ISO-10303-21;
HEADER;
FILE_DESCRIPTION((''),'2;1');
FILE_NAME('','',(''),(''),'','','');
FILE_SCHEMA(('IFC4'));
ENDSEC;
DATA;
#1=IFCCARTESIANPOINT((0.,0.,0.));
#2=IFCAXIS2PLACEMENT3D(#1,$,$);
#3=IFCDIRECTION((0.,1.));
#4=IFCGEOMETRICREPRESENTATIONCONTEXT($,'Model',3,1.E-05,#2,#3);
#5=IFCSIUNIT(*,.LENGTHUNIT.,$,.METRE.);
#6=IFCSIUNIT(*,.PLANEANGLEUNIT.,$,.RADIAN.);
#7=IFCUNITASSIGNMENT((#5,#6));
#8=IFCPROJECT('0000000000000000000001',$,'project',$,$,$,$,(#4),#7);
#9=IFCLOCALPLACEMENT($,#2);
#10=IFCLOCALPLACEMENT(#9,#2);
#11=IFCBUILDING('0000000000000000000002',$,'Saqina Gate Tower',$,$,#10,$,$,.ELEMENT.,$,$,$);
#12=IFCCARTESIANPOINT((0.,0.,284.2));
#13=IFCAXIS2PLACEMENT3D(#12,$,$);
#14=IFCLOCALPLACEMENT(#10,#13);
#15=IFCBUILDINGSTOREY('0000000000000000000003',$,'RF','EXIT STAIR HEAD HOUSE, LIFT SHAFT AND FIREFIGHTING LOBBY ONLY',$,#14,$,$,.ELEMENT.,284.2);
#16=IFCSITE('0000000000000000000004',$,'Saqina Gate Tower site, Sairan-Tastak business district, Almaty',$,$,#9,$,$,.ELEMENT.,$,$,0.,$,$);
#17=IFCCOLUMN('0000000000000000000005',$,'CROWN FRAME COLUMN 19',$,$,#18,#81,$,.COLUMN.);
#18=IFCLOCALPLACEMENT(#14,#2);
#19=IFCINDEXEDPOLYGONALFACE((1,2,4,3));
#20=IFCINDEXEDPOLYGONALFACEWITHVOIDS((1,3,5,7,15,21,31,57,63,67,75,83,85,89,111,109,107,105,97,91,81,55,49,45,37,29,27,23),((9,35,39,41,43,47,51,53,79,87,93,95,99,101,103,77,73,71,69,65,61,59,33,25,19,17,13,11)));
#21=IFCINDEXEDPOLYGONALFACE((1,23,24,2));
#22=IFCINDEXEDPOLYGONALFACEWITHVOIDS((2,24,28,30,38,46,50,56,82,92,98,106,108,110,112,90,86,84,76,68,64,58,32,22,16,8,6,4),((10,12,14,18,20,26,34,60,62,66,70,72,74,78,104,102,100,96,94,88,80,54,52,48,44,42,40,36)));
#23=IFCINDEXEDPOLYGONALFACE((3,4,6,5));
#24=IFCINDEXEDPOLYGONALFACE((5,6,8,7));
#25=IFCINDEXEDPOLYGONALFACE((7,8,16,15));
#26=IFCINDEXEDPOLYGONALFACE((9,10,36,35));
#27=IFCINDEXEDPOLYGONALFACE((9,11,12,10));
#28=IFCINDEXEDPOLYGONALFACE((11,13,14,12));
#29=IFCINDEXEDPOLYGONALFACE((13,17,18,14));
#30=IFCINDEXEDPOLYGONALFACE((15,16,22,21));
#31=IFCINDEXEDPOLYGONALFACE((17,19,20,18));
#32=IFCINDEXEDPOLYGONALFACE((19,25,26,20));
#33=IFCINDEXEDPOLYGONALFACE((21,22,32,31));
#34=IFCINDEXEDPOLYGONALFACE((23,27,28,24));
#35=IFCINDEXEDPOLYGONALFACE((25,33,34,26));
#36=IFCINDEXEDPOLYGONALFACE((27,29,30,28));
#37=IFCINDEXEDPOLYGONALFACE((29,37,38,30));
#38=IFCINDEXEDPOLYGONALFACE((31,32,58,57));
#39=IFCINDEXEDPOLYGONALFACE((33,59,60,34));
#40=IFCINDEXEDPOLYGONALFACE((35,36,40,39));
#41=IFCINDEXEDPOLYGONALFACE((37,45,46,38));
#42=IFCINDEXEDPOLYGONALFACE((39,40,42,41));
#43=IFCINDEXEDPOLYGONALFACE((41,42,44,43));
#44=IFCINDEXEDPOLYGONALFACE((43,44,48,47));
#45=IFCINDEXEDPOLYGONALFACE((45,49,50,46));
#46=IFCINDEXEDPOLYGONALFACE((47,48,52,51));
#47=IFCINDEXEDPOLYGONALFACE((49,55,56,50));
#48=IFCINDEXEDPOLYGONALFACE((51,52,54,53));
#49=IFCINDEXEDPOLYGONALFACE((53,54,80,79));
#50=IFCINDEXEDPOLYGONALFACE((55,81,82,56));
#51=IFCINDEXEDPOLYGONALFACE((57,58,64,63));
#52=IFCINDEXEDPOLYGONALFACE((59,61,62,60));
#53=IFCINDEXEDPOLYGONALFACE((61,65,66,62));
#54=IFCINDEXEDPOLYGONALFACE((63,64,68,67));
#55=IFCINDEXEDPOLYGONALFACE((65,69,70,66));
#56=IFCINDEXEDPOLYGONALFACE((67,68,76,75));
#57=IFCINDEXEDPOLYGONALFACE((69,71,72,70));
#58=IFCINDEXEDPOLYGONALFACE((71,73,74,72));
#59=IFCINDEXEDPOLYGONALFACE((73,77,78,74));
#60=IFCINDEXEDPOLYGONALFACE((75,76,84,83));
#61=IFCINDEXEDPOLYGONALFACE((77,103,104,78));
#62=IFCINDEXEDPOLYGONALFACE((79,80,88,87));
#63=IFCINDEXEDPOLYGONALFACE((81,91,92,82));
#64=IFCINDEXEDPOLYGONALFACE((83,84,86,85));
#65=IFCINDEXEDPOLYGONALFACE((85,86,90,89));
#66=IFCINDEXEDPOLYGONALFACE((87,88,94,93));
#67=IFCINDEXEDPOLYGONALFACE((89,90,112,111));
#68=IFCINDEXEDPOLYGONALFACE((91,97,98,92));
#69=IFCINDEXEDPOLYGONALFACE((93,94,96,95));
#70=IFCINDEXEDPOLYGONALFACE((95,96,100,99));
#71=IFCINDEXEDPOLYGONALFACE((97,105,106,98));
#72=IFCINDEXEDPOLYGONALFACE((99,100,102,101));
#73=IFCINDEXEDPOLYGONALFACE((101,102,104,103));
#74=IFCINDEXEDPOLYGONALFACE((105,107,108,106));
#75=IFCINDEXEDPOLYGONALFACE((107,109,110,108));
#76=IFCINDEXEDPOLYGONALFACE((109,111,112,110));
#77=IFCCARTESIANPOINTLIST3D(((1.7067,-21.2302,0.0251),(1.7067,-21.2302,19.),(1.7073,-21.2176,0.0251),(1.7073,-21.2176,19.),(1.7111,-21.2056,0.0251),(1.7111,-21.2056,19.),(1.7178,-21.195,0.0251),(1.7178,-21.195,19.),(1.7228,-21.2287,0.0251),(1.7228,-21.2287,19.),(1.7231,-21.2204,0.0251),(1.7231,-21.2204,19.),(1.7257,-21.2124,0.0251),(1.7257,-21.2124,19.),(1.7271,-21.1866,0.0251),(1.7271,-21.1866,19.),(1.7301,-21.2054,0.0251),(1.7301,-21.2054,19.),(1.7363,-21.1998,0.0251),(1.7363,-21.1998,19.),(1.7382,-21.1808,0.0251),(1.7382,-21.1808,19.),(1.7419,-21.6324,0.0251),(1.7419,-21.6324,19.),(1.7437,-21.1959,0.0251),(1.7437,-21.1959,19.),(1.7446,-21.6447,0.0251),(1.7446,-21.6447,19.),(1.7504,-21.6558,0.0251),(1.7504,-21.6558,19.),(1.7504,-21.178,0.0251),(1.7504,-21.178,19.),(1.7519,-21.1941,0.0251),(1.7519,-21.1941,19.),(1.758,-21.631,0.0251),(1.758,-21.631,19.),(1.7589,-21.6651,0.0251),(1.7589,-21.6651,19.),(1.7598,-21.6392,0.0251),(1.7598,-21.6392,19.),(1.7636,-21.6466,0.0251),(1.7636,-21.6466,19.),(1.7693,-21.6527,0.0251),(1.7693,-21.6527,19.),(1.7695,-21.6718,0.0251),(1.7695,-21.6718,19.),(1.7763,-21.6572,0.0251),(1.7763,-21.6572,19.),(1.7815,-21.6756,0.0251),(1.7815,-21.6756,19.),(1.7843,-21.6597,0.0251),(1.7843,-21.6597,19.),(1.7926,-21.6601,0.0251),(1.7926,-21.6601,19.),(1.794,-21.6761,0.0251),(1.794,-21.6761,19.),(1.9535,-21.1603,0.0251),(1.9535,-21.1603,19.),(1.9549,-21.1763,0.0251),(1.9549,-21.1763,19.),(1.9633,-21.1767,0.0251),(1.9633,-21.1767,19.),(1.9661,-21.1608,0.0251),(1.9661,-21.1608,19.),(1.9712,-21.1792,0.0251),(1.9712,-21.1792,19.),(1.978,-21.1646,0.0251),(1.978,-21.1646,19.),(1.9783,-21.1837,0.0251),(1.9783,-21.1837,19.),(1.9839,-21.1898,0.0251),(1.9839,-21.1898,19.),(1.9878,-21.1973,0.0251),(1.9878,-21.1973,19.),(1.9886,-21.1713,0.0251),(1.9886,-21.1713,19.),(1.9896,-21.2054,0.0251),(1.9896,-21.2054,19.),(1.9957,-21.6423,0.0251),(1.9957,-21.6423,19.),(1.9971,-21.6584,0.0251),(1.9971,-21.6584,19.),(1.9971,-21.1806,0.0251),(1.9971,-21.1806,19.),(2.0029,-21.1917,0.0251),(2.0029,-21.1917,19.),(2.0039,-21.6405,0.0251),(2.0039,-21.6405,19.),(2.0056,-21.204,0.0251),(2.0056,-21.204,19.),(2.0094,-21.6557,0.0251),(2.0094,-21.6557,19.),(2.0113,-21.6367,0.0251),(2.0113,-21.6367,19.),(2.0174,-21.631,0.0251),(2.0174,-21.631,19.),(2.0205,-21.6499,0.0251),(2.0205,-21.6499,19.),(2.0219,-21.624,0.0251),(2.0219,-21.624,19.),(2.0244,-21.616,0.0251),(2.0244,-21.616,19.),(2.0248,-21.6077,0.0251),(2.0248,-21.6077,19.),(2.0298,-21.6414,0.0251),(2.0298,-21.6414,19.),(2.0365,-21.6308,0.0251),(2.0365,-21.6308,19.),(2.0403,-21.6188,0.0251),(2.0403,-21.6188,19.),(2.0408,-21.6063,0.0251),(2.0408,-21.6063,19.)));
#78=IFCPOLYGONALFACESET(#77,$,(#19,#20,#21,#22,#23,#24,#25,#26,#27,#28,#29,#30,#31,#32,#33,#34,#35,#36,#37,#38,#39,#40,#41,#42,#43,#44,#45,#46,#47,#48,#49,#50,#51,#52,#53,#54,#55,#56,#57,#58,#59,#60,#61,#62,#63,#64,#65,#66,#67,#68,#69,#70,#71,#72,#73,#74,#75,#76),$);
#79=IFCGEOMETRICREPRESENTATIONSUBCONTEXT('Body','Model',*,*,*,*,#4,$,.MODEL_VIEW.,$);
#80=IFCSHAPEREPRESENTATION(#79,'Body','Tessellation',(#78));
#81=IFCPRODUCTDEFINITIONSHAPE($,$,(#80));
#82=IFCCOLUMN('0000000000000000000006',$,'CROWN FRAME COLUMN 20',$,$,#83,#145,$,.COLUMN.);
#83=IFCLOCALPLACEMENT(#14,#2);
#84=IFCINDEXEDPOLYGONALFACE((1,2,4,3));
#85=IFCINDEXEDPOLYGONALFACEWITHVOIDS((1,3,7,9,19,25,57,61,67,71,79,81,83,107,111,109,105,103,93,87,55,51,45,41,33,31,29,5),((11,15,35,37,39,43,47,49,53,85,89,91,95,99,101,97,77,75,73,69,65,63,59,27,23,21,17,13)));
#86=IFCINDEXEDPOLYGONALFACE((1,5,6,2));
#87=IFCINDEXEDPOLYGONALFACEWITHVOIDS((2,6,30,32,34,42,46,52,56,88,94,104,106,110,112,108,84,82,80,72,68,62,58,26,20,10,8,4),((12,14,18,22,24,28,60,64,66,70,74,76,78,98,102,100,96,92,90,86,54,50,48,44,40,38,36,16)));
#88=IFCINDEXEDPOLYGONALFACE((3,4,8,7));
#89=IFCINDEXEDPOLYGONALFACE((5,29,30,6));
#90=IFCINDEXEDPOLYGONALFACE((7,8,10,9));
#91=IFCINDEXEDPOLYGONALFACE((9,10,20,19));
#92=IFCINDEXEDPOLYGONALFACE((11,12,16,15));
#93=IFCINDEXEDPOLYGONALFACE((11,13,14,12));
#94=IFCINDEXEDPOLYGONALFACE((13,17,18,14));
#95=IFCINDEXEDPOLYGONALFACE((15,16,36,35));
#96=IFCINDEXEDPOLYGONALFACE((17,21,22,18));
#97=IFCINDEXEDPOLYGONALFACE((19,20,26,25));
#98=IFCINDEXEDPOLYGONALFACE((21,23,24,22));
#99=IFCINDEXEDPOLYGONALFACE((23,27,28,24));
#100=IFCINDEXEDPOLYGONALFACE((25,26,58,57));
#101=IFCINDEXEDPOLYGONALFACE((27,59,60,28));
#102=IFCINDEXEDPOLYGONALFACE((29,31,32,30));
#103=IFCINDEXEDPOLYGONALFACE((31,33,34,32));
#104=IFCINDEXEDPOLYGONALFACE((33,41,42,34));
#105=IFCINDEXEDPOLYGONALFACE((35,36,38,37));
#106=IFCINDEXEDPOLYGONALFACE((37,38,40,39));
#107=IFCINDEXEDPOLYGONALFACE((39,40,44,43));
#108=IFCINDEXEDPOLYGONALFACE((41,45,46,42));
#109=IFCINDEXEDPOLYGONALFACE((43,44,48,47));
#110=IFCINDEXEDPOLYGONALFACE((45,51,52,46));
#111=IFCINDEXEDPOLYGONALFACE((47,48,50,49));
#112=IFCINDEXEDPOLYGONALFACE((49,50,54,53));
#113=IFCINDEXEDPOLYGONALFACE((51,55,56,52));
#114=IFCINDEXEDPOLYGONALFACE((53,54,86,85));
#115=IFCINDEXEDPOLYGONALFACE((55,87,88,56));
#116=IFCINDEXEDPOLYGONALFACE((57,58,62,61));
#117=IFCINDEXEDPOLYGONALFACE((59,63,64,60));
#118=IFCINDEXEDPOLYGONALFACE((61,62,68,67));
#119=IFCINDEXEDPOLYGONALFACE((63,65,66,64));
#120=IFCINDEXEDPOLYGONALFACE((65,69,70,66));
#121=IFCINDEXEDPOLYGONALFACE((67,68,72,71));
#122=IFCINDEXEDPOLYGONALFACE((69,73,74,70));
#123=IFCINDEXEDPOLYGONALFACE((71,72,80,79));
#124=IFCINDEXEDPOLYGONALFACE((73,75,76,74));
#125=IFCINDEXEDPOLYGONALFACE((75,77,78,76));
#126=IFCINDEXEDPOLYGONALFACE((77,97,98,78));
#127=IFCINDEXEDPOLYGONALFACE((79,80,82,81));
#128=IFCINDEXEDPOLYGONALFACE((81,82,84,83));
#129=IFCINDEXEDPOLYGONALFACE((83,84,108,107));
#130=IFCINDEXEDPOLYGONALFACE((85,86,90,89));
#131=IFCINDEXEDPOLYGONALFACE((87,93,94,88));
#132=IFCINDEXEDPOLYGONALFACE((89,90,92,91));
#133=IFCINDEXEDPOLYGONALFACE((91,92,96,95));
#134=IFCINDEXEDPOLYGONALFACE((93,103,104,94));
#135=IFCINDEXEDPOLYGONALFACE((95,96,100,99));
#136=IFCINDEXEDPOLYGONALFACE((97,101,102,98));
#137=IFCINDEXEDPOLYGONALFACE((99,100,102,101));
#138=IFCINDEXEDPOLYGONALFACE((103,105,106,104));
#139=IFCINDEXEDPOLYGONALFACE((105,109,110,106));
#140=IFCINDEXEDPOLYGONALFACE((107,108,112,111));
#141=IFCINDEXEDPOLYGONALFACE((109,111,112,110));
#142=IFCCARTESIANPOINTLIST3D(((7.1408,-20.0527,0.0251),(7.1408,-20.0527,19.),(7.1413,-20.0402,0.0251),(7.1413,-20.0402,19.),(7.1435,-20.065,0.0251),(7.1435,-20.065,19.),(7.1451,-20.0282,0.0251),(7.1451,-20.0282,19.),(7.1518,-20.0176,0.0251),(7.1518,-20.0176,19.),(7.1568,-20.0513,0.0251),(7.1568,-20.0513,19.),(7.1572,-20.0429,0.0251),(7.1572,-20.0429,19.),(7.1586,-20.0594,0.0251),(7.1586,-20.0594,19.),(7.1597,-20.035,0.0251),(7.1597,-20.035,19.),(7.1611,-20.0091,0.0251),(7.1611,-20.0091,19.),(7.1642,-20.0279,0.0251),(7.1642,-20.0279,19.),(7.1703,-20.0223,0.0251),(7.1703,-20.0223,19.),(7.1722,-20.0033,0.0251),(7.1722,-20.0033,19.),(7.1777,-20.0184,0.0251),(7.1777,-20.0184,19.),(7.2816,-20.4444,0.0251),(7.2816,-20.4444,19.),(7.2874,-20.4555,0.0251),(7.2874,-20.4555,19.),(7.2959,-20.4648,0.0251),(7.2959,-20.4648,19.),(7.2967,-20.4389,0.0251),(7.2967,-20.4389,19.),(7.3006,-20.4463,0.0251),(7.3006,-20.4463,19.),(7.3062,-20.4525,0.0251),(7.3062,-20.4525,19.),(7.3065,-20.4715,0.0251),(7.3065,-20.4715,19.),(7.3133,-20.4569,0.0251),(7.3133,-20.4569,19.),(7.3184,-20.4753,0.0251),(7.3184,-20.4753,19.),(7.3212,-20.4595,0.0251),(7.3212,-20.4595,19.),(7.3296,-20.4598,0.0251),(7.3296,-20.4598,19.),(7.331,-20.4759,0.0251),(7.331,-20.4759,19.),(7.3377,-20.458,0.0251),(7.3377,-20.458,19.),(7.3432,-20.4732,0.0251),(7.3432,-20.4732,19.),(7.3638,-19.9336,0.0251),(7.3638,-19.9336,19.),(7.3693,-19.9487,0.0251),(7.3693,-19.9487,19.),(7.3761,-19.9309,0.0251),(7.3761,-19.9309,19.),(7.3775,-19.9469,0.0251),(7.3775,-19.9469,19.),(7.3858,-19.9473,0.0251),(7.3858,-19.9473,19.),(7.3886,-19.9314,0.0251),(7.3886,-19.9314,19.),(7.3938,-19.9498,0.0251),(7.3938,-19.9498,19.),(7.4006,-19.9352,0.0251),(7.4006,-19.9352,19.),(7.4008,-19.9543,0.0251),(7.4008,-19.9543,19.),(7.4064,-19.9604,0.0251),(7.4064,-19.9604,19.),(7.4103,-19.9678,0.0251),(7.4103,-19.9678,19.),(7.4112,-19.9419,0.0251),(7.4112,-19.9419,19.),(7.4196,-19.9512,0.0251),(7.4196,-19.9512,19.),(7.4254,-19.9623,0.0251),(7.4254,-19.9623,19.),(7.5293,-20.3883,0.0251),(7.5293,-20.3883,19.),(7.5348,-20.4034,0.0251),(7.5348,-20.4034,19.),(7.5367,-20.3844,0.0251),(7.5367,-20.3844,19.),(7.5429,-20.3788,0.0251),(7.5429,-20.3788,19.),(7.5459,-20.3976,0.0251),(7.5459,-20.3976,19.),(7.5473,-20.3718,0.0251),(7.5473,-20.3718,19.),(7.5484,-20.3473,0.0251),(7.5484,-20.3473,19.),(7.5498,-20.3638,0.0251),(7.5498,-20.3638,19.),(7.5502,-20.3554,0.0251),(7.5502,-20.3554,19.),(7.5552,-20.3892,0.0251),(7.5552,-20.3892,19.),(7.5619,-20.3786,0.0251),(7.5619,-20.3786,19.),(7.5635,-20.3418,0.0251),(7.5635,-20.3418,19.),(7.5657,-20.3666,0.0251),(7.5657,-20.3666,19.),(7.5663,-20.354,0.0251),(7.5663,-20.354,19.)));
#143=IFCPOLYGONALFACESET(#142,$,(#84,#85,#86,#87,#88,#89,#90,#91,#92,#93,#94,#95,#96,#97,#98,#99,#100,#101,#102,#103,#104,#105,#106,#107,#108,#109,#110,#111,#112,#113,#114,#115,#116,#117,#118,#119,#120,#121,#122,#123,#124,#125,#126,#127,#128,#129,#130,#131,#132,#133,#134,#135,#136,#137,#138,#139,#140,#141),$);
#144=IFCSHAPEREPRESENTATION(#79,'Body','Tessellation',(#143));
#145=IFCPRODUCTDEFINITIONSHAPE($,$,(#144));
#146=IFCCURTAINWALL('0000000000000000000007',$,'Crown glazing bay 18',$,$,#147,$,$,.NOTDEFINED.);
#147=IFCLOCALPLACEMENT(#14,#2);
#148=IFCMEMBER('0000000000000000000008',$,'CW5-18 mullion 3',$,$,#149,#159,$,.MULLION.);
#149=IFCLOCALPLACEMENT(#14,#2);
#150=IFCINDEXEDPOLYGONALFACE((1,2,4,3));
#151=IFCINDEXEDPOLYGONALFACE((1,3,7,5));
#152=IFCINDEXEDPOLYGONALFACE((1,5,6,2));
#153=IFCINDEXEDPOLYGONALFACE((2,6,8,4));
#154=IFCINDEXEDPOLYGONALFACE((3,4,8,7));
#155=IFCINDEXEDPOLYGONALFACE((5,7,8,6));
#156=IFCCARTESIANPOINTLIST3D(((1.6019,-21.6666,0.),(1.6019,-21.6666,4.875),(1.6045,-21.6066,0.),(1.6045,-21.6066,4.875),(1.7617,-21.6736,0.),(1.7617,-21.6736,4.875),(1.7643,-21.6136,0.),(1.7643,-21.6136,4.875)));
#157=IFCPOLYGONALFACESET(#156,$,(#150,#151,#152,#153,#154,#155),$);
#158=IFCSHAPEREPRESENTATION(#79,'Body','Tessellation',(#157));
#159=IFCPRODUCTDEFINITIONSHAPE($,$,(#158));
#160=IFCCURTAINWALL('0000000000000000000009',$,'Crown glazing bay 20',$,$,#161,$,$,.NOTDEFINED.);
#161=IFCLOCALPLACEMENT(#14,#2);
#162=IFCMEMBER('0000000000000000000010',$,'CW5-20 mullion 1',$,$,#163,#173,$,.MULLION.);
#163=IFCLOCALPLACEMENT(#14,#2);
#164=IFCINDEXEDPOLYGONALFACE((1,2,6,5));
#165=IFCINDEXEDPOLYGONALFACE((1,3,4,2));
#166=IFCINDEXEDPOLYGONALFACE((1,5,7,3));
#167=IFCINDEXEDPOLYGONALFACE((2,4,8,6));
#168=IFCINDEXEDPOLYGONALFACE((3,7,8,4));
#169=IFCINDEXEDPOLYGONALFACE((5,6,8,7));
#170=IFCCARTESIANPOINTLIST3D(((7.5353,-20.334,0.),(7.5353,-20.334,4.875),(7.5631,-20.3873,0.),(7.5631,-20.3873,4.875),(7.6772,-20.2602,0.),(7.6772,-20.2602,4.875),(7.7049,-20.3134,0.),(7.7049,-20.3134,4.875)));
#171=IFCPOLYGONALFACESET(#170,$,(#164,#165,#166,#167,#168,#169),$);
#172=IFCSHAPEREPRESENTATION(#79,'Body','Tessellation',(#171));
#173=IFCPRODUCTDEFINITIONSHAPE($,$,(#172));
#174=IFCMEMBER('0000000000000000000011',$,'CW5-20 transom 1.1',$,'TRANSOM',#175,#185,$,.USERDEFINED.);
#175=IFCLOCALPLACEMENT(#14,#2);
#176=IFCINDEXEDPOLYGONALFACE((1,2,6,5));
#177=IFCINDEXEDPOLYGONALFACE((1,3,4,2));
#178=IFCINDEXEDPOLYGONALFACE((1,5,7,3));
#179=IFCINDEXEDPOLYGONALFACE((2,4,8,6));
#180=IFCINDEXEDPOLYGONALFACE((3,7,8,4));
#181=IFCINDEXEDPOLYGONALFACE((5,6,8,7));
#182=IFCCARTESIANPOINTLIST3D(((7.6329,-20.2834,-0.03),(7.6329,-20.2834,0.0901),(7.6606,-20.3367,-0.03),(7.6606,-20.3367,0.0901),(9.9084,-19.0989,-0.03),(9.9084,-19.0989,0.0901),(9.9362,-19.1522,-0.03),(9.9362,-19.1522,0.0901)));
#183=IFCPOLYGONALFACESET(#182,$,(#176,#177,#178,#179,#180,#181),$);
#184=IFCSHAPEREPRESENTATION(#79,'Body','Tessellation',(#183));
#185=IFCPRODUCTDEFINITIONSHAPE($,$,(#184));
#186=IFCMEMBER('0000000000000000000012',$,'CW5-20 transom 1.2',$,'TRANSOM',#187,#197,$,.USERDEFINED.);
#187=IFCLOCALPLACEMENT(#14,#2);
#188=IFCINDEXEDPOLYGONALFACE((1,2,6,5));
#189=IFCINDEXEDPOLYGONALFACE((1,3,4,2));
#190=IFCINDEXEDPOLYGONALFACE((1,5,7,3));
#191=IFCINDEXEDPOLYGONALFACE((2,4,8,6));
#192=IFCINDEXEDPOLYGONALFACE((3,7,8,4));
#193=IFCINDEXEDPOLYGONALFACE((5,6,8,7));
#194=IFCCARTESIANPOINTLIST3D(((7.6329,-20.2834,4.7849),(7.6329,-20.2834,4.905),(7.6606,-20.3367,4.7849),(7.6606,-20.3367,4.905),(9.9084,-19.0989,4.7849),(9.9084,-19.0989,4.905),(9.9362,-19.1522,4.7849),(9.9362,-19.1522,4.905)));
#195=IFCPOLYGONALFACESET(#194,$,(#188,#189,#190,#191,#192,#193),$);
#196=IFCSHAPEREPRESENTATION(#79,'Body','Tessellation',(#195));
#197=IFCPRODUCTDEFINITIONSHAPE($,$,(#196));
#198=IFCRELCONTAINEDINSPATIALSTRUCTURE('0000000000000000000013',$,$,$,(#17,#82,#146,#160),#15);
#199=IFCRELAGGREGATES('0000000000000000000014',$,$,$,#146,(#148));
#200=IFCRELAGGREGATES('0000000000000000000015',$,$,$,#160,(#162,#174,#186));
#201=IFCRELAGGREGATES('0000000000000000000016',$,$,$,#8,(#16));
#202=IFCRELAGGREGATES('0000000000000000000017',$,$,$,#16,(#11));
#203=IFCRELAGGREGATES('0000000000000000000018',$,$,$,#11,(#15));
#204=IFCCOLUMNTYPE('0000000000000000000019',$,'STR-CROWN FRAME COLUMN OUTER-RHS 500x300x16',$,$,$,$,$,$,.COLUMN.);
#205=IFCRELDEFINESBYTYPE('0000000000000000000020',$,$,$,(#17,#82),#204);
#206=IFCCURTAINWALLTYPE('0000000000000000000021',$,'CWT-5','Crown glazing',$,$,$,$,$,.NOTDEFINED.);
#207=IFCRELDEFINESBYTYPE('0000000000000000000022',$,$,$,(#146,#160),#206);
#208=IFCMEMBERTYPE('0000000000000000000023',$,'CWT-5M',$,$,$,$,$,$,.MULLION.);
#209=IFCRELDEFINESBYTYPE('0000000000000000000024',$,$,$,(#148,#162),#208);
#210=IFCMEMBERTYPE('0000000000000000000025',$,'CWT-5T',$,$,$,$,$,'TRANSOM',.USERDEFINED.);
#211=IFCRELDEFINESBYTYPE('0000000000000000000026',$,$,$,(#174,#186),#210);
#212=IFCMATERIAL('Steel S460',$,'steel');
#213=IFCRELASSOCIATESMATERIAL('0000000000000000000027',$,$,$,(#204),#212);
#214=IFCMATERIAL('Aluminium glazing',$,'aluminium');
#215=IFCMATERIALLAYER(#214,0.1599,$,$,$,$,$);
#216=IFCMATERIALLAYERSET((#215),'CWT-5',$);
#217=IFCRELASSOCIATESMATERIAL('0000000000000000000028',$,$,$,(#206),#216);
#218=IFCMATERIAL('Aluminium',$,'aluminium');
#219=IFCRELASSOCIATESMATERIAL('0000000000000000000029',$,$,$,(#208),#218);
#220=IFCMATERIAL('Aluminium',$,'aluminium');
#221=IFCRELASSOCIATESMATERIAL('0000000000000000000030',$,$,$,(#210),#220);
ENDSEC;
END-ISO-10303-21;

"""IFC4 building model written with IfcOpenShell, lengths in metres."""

from ifc_helpers import new_model, si_unit, direction, frame, origin, origin_2d, place, context, subcontext, project, spatial, rectangle, hollow_rectangle, extrude, material, layer, layer_set, material_profile, profile_set, type_object, element, aggregate, save


model = new_model("IFC4")

# Units and contexts
model_context = context("Model", 3, precision=1e-05, world=origin(), true_north=direction((0.0, 1.0)))
body_context = subcontext(model_context, "Body", "Model", "MODEL_VIEW")
ifc_project = project(units=[si_unit("LENGTHUNIT", "METRE"), si_unit("PLANEANGLEUNIT", "RADIAN")], contexts=[model_context])

# Site, building, storey
site_placement = place(None, origin())
site = spatial("IfcSite", under=ifc_project, at=site_placement, Name="Saqina Gate Tower site, Sairan-Tastak business district, Almaty", CompositionType="ELEMENT", RefElevation=0.0)
building_placement = place(site_placement, origin())
building = spatial("IfcBuilding", under=site, at=building_placement, Name="Saqina Gate Tower", CompositionType="ELEMENT")
storey_placement = place(building_placement, frame((0.0, 0.0, 284.2)))
storey = spatial("IfcBuildingStorey", under=building, at=storey_placement, Name="RF", Description="EXIT STAIR HEAD HOUSE, LIFT SHAFT AND FIREFIGHTING LOBBY ONLY", CompositionType="ELEMENT", Elevation=284.2)

# Columns
ifc_material_1 = material(Name="Steel S460", Category="steel")
ifc_material_profile_1 = material_profile(ifc_material_1, hollow_rectangle(XDim=0.3, YDim=0.5, WallThickness=0.0161, InnerFilletRadius=0.032, OuterFilletRadius=0.0481, at=origin_2d()), Name="RHS 500x300x16")
ifc_profile_set_1 = profile_set([ifc_material_profile_1], Name="Steel S460")
column_type_1 = type_object("IfcColumnType", Name="STR-CROWN FRAME COLUMN OUTER-RHS 500x300x16", PredefinedType="COLUMN", material=ifc_profile_set_1)
for number, where, z_axis, x_axis, name in (
    (1, (1.8738, -21.4182, 0.0251), (0.0, 0.0, 1.0), (0.996195, 0.087156, 0.0), "CROWN FRAME COLUMN 19"),
    (2, (7.3535, -20.2034, 0.0251), (0.0, 0.0, 1.0), (0.939693, 0.34202, 0.0), "CROWN FRAME COLUMN 20"),
):
    element("IfcColumn", number, at=place(storey_placement, frame(where, z_axis=z_axis, x_axis=x_axis)), inside=storey, type_object=column_type_1, Name=name, PredefinedType="COLUMN", context=body_context, shape_type="SweptSolid", body=[
        extrude(hollow_rectangle(XDim=0.3, YDim=0.5, WallThickness=0.0161, InnerFilletRadius=0.032, OuterFilletRadius=0.0481, at=origin_2d()), origin(), (0.0, 0.0, 1.0), 18.9749),
    ])

# Curtain wall, member
ifc_material_2 = material(Name="Aluminium glazing", Category="aluminium")
ifc_layer_1 = layer(ifc_material_2, 0.1599)
ifc_layer_set_1 = layer_set([ifc_layer_1], Name="CWT-5")
curtain_wall_type = type_object("IfcCurtainWallType", Name="CWT-5", Description="Crown glazing", PredefinedType="NOTDEFINED", material=ifc_layer_set_1)
curtain_wall_1_placement = place(storey_placement, origin())
curtain_wall_1 = element("IfcCurtainWall", 3, at=curtain_wall_1_placement, inside=storey, type_object=curtain_wall_type, Name="Crown glazing bay 18", PredefinedType="NOTDEFINED")
ifc_material_3 = material(Name="Aluminium", Category="aluminium")
ifc_material_profile_2 = material_profile(ifc_material_3, rectangle(XDim=0.0601, YDim=0.1599, at=origin_2d()), Name="Aluminium 60x160")
ifc_profile_set_2 = profile_set([ifc_material_profile_2], Name="Aluminium")
member_type_1 = type_object("IfcMemberType", Name="CWT-5M", PredefinedType="MULLION", material=ifc_profile_set_2)
member_1_placement = place(storey_placement, frame((1.6831, -21.6401, 0.0), z_axis=(0.0, 0.0, 1.0), x_axis=(0.043629, 0.999048, 0.0)))
member_1 = element("IfcMember", 4, at=member_1_placement, type_object=member_type_1, Name="CW5-18 mullion 3", PredefinedType="MULLION", context=body_context, shape_type="SweptSolid", body=[
    extrude(rectangle(XDim=0.0601, YDim=0.1599, at=origin_2d()), origin(), (0.0, 0.0, 1.0), 4.875),
])

# Curtain wall, members
curtain_wall_2_placement = place(storey_placement, origin())
curtain_wall_2 = element("IfcCurtainWall", 5, at=curtain_wall_2_placement, inside=storey, type_object=curtain_wall_type, Name="Crown glazing bay 20", PredefinedType="NOTDEFINED")
member_2_placement = place(storey_placement, frame((7.6201, -20.3237, 0.0), z_axis=(0.0, 0.0, 1.0), x_axis=(-0.461751, 0.88701, 0.0)))
member_2 = element("IfcMember", 6, at=member_2_placement, type_object=member_type_1, Name="CW5-20 mullion 1", PredefinedType="MULLION", context=body_context, shape_type="SweptSolid", body=[
    extrude(rectangle(XDim=0.0601, YDim=0.1599, at=origin_2d()), origin(), (0.0, 0.0, 1.0), 4.875),
])
ifc_material_4 = material(Name="Aluminium", Category="aluminium")
ifc_material_profile_3 = material_profile(ifc_material_4, rectangle(XDim=0.0601, YDim=0.1201, at=origin_2d()), Name="Aluminium 60x120")
ifc_profile_set_3 = profile_set([ifc_material_profile_3], Name="Aluminium")
member_type_2 = type_object("IfcMemberType", Name="CWT-5T", ElementType="TRANSOM", PredefinedType="USERDEFINED", material=ifc_profile_set_3)
member_3_placement = place(storey_placement, frame((7.6467, -20.3101, 0.03), z_axis=(0.887019, 0.461733, 0.0), x_axis=(-0.461733, 0.887019, 0.0)))
member_3 = element("IfcMember", 7, at=member_3_placement, type_object=member_type_2, Name="CW5-20 transom 1.1", ObjectType="TRANSOM", PredefinedType="USERDEFINED", context=body_context, shape_type="SweptSolid", body=[
    extrude(rectangle(XDim=0.0601, YDim=0.1201, at=origin_2d()), origin(), (0.0, 0.0, 1.0), 2.5654),
])
member_4_placement = place(storey_placement, frame((7.6467, -20.3101, 4.845), z_axis=(0.887019, 0.461733, 0.0), x_axis=(-0.461733, 0.887019, 0.0)))
member_4 = element("IfcMember", 8, at=member_4_placement, type_object=member_type_2, Name="CW5-20 transom 1.2", ObjectType="TRANSOM", PredefinedType="USERDEFINED", context=body_context, shape_type="SweptSolid", body=[
    extrude(rectangle(XDim=0.0601, YDim=0.1201, at=origin_2d()), origin(), (0.0, 0.0, 1.0), 2.5654),
])

aggregate(curtain_wall_1, [member_1])
aggregate(curtain_wall_2, [member_2, member_3, member_4])

save(model, "model.ifc")
